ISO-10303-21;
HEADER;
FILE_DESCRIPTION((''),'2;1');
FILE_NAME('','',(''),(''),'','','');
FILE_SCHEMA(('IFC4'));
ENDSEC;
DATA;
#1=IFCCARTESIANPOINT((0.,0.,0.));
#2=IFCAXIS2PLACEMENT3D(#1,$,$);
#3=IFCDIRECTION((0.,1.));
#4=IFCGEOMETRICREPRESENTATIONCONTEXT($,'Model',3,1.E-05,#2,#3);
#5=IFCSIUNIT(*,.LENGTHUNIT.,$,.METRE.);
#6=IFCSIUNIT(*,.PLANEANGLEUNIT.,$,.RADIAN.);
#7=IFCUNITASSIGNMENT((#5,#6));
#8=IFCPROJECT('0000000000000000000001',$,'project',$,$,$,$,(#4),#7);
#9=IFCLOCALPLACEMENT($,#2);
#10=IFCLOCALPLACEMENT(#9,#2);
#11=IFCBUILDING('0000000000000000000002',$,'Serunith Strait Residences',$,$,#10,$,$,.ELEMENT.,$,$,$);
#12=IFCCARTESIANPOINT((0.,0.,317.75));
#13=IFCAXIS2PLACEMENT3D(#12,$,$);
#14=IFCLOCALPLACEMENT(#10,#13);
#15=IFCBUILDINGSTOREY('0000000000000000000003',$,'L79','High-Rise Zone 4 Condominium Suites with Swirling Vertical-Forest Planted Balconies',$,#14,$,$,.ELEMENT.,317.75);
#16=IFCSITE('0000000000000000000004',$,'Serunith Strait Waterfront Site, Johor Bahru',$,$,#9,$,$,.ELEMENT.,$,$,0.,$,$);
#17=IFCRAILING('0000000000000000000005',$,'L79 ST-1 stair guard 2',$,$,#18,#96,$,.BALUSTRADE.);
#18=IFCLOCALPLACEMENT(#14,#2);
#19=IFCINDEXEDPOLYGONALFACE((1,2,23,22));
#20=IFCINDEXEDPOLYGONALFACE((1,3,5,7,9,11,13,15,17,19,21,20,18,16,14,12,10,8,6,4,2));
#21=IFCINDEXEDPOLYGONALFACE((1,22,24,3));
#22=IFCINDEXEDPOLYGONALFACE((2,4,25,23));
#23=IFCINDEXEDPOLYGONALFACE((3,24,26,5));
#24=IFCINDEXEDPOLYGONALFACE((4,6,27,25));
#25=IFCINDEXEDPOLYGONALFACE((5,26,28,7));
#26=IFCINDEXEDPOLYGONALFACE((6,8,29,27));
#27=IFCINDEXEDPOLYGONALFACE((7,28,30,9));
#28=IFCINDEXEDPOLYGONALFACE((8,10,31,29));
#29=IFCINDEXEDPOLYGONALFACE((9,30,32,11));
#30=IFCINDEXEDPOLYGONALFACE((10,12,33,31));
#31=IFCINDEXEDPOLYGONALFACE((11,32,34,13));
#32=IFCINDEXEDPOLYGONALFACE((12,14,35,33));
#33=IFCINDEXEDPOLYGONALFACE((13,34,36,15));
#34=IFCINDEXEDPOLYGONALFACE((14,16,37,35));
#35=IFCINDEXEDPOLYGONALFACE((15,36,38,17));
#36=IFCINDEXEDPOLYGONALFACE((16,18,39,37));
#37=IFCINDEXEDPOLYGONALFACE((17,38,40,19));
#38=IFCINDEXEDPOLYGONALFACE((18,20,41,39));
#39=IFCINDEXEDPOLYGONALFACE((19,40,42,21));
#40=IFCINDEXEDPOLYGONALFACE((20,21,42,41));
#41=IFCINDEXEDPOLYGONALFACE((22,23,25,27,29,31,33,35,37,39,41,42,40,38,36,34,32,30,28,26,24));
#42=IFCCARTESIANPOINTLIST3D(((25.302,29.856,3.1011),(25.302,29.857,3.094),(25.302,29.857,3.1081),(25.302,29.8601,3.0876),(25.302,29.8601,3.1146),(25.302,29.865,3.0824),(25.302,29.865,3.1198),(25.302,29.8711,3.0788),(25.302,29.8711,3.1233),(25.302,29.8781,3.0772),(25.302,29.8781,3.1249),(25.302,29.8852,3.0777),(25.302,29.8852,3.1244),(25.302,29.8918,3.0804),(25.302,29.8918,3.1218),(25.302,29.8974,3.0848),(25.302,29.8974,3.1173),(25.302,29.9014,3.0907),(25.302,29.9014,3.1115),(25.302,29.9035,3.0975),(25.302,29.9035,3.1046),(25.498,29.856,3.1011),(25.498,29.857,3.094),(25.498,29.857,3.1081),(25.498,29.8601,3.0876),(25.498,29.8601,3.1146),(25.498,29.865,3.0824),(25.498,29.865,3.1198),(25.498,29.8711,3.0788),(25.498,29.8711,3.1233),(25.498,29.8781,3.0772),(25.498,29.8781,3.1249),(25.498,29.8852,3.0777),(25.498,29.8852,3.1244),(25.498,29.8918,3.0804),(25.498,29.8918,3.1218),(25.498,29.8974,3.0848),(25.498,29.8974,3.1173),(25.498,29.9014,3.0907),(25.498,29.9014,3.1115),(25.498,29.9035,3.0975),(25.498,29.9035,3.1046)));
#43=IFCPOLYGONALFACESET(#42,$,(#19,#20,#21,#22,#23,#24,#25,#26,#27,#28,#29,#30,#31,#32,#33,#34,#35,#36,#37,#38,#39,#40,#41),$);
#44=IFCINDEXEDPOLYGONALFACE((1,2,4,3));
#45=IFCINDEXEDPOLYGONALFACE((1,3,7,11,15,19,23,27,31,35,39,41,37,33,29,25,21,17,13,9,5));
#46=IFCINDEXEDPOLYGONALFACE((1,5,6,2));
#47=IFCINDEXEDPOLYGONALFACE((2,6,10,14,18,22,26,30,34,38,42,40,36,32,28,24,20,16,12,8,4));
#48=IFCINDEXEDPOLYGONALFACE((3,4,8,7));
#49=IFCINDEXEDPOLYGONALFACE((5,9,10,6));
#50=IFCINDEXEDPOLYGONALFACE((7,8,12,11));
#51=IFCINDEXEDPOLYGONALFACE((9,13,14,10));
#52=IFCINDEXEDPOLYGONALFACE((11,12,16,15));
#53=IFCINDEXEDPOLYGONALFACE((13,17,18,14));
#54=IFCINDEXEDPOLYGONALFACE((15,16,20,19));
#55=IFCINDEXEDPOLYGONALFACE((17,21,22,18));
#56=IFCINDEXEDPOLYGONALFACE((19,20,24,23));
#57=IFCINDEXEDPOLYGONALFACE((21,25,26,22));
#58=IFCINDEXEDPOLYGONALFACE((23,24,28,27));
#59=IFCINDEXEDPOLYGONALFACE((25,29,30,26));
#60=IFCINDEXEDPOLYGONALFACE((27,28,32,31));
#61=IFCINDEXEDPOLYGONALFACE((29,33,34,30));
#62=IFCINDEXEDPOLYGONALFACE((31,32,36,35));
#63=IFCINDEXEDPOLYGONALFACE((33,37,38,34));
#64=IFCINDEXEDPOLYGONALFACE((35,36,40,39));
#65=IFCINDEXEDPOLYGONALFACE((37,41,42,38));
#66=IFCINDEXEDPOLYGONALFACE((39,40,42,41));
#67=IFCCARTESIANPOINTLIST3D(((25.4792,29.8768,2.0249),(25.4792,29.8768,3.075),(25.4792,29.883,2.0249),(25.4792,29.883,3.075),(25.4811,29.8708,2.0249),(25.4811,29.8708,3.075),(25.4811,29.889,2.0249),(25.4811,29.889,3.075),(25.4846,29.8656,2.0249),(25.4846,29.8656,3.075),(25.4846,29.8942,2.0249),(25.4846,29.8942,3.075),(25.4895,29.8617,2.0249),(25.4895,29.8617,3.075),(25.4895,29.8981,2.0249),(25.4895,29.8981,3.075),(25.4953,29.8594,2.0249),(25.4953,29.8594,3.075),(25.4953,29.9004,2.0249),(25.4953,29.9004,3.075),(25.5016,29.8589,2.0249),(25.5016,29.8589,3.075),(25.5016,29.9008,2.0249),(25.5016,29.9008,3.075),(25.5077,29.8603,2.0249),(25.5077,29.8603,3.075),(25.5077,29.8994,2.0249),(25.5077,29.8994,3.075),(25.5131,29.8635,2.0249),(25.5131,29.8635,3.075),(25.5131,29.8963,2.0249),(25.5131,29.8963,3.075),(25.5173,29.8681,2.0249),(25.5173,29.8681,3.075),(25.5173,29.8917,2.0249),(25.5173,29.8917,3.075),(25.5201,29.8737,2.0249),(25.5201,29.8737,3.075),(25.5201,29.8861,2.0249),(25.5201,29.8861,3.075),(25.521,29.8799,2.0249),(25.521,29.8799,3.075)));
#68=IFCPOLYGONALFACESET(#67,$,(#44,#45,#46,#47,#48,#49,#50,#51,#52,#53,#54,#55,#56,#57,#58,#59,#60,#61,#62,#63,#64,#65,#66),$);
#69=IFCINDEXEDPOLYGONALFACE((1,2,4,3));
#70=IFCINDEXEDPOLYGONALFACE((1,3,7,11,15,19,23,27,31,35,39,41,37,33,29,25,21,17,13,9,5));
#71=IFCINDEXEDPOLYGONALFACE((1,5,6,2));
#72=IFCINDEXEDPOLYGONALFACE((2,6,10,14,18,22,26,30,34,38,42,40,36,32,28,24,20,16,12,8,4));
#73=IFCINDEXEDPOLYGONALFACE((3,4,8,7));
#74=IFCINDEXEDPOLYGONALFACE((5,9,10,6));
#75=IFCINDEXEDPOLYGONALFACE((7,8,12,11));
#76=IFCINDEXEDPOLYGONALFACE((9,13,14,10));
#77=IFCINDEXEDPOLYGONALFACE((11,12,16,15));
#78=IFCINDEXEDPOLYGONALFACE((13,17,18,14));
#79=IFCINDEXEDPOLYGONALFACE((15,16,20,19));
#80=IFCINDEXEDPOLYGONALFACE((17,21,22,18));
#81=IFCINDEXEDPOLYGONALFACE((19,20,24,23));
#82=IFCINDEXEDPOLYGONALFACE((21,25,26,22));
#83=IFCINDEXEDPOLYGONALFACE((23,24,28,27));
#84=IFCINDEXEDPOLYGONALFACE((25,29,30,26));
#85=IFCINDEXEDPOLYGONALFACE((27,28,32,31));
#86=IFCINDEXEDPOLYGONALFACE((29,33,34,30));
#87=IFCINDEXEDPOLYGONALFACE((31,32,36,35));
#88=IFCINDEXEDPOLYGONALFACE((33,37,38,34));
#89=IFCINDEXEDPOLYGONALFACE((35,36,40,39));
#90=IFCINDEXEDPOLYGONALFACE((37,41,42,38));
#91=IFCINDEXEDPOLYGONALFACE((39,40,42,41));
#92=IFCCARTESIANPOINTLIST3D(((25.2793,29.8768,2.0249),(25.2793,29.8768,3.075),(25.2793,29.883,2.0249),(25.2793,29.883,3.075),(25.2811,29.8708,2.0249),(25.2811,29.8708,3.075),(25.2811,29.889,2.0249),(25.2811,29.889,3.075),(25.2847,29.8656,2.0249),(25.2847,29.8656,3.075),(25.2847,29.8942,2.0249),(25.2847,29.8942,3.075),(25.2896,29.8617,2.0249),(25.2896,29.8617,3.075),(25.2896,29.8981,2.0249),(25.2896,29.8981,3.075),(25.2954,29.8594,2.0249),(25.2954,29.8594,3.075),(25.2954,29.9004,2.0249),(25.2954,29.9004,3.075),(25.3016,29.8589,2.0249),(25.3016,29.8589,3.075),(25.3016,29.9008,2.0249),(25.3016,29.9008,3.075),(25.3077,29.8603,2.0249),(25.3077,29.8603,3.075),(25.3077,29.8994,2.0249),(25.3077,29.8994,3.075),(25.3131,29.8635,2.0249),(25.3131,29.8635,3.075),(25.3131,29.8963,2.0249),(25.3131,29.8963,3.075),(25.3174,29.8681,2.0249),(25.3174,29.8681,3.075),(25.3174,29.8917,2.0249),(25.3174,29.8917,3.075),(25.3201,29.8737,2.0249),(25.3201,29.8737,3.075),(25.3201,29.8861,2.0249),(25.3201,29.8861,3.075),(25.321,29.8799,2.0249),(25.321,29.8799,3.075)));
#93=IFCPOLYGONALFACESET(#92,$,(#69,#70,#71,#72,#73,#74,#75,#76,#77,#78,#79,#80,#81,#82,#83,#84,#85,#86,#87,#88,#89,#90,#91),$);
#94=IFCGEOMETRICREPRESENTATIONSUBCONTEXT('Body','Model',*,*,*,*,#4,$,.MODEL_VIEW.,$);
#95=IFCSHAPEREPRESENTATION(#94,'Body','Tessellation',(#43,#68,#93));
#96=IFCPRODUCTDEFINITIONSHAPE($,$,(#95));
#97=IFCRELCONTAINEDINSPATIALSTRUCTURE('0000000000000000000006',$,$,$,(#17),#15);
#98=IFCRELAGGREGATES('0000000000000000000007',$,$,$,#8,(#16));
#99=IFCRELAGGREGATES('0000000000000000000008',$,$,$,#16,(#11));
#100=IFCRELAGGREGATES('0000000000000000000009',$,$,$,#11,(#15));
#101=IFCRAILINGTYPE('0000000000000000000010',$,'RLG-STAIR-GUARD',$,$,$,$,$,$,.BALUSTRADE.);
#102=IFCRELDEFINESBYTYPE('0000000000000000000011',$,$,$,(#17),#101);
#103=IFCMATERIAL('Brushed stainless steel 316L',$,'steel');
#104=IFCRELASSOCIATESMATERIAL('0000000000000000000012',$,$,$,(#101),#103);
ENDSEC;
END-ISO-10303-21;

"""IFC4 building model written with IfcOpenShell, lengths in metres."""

from ifc_helpers import new_model, si_unit, direction, frame, origin, origin_2d, place, context, subcontext, project, spatial, circle, extrude, material, type_object, element, save


model = new_model("IFC4")

# Units and contexts
model_context = context("Model", 3, precision=1e-05, world=origin(), true_north=direction((0.0, 1.0)))
body_context = subcontext(model_context, "Body", "Model", "MODEL_VIEW")
ifc_project = project(units=[si_unit("LENGTHUNIT", "METRE"), si_unit("PLANEANGLEUNIT", "RADIAN")], contexts=[model_context])

# Site, building, storey
site_placement = place(None, origin())
site = spatial("IfcSite", under=ifc_project, at=site_placement, Name="Serunith Strait Waterfront Site, Johor Bahru", CompositionType="ELEMENT", RefElevation=0.0)
building_placement = place(site_placement, origin())
building = spatial("IfcBuilding", under=site, at=building_placement, Name="Serunith Strait Residences", CompositionType="ELEMENT")
storey_placement = place(building_placement, frame((0.0, 0.0, 317.75)))
storey = spatial("IfcBuildingStorey", under=building, at=storey_placement, Name="L79", Description="High-Rise Zone 4 Condominium Suites with Swirling Vertical-Forest Planted Balconies", CompositionType="ELEMENT", Elevation=317.75)

# Railing
ifc_material_1 = material(Name="Brushed stainless steel 316L", Category="steel")
railing_type_1 = type_object("IfcRailingType", Name="RLG-STAIR-GUARD", PredefinedType="BALUSTRADE", material=ifc_material_1)
railing_1_placement = place(storey_placement, frame((25.5, 29.8799, 2.0249)))
element("IfcRailing", 1, at=railing_1_placement, inside=storey, type_object=railing_type_1, Name="L79 ST-1 stair guard 2", PredefinedType="BALUSTRADE", context=body_context, shape_type="SweptSolid", body=[
    extrude(circle(Radius=0.0239, at=origin_2d()), frame((-0.002, 0.0, 1.0762), z_axis=(-1.0, 0.0, 0.0), x_axis=(0.0, -1.0, 0.0)), (0.0, 0.0, 1.0), 0.196),
    extrude(circle(Radius=0.021, at=origin_2d()), origin(), (0.0, 0.0, 1.0), 1.05),
    extrude(circle(Radius=0.021, at=origin_2d()), frame((-0.2, 0.0, 0.0)), (0.0, 0.0, 1.0), 1.05),
])

save(model, "model.ifc")
